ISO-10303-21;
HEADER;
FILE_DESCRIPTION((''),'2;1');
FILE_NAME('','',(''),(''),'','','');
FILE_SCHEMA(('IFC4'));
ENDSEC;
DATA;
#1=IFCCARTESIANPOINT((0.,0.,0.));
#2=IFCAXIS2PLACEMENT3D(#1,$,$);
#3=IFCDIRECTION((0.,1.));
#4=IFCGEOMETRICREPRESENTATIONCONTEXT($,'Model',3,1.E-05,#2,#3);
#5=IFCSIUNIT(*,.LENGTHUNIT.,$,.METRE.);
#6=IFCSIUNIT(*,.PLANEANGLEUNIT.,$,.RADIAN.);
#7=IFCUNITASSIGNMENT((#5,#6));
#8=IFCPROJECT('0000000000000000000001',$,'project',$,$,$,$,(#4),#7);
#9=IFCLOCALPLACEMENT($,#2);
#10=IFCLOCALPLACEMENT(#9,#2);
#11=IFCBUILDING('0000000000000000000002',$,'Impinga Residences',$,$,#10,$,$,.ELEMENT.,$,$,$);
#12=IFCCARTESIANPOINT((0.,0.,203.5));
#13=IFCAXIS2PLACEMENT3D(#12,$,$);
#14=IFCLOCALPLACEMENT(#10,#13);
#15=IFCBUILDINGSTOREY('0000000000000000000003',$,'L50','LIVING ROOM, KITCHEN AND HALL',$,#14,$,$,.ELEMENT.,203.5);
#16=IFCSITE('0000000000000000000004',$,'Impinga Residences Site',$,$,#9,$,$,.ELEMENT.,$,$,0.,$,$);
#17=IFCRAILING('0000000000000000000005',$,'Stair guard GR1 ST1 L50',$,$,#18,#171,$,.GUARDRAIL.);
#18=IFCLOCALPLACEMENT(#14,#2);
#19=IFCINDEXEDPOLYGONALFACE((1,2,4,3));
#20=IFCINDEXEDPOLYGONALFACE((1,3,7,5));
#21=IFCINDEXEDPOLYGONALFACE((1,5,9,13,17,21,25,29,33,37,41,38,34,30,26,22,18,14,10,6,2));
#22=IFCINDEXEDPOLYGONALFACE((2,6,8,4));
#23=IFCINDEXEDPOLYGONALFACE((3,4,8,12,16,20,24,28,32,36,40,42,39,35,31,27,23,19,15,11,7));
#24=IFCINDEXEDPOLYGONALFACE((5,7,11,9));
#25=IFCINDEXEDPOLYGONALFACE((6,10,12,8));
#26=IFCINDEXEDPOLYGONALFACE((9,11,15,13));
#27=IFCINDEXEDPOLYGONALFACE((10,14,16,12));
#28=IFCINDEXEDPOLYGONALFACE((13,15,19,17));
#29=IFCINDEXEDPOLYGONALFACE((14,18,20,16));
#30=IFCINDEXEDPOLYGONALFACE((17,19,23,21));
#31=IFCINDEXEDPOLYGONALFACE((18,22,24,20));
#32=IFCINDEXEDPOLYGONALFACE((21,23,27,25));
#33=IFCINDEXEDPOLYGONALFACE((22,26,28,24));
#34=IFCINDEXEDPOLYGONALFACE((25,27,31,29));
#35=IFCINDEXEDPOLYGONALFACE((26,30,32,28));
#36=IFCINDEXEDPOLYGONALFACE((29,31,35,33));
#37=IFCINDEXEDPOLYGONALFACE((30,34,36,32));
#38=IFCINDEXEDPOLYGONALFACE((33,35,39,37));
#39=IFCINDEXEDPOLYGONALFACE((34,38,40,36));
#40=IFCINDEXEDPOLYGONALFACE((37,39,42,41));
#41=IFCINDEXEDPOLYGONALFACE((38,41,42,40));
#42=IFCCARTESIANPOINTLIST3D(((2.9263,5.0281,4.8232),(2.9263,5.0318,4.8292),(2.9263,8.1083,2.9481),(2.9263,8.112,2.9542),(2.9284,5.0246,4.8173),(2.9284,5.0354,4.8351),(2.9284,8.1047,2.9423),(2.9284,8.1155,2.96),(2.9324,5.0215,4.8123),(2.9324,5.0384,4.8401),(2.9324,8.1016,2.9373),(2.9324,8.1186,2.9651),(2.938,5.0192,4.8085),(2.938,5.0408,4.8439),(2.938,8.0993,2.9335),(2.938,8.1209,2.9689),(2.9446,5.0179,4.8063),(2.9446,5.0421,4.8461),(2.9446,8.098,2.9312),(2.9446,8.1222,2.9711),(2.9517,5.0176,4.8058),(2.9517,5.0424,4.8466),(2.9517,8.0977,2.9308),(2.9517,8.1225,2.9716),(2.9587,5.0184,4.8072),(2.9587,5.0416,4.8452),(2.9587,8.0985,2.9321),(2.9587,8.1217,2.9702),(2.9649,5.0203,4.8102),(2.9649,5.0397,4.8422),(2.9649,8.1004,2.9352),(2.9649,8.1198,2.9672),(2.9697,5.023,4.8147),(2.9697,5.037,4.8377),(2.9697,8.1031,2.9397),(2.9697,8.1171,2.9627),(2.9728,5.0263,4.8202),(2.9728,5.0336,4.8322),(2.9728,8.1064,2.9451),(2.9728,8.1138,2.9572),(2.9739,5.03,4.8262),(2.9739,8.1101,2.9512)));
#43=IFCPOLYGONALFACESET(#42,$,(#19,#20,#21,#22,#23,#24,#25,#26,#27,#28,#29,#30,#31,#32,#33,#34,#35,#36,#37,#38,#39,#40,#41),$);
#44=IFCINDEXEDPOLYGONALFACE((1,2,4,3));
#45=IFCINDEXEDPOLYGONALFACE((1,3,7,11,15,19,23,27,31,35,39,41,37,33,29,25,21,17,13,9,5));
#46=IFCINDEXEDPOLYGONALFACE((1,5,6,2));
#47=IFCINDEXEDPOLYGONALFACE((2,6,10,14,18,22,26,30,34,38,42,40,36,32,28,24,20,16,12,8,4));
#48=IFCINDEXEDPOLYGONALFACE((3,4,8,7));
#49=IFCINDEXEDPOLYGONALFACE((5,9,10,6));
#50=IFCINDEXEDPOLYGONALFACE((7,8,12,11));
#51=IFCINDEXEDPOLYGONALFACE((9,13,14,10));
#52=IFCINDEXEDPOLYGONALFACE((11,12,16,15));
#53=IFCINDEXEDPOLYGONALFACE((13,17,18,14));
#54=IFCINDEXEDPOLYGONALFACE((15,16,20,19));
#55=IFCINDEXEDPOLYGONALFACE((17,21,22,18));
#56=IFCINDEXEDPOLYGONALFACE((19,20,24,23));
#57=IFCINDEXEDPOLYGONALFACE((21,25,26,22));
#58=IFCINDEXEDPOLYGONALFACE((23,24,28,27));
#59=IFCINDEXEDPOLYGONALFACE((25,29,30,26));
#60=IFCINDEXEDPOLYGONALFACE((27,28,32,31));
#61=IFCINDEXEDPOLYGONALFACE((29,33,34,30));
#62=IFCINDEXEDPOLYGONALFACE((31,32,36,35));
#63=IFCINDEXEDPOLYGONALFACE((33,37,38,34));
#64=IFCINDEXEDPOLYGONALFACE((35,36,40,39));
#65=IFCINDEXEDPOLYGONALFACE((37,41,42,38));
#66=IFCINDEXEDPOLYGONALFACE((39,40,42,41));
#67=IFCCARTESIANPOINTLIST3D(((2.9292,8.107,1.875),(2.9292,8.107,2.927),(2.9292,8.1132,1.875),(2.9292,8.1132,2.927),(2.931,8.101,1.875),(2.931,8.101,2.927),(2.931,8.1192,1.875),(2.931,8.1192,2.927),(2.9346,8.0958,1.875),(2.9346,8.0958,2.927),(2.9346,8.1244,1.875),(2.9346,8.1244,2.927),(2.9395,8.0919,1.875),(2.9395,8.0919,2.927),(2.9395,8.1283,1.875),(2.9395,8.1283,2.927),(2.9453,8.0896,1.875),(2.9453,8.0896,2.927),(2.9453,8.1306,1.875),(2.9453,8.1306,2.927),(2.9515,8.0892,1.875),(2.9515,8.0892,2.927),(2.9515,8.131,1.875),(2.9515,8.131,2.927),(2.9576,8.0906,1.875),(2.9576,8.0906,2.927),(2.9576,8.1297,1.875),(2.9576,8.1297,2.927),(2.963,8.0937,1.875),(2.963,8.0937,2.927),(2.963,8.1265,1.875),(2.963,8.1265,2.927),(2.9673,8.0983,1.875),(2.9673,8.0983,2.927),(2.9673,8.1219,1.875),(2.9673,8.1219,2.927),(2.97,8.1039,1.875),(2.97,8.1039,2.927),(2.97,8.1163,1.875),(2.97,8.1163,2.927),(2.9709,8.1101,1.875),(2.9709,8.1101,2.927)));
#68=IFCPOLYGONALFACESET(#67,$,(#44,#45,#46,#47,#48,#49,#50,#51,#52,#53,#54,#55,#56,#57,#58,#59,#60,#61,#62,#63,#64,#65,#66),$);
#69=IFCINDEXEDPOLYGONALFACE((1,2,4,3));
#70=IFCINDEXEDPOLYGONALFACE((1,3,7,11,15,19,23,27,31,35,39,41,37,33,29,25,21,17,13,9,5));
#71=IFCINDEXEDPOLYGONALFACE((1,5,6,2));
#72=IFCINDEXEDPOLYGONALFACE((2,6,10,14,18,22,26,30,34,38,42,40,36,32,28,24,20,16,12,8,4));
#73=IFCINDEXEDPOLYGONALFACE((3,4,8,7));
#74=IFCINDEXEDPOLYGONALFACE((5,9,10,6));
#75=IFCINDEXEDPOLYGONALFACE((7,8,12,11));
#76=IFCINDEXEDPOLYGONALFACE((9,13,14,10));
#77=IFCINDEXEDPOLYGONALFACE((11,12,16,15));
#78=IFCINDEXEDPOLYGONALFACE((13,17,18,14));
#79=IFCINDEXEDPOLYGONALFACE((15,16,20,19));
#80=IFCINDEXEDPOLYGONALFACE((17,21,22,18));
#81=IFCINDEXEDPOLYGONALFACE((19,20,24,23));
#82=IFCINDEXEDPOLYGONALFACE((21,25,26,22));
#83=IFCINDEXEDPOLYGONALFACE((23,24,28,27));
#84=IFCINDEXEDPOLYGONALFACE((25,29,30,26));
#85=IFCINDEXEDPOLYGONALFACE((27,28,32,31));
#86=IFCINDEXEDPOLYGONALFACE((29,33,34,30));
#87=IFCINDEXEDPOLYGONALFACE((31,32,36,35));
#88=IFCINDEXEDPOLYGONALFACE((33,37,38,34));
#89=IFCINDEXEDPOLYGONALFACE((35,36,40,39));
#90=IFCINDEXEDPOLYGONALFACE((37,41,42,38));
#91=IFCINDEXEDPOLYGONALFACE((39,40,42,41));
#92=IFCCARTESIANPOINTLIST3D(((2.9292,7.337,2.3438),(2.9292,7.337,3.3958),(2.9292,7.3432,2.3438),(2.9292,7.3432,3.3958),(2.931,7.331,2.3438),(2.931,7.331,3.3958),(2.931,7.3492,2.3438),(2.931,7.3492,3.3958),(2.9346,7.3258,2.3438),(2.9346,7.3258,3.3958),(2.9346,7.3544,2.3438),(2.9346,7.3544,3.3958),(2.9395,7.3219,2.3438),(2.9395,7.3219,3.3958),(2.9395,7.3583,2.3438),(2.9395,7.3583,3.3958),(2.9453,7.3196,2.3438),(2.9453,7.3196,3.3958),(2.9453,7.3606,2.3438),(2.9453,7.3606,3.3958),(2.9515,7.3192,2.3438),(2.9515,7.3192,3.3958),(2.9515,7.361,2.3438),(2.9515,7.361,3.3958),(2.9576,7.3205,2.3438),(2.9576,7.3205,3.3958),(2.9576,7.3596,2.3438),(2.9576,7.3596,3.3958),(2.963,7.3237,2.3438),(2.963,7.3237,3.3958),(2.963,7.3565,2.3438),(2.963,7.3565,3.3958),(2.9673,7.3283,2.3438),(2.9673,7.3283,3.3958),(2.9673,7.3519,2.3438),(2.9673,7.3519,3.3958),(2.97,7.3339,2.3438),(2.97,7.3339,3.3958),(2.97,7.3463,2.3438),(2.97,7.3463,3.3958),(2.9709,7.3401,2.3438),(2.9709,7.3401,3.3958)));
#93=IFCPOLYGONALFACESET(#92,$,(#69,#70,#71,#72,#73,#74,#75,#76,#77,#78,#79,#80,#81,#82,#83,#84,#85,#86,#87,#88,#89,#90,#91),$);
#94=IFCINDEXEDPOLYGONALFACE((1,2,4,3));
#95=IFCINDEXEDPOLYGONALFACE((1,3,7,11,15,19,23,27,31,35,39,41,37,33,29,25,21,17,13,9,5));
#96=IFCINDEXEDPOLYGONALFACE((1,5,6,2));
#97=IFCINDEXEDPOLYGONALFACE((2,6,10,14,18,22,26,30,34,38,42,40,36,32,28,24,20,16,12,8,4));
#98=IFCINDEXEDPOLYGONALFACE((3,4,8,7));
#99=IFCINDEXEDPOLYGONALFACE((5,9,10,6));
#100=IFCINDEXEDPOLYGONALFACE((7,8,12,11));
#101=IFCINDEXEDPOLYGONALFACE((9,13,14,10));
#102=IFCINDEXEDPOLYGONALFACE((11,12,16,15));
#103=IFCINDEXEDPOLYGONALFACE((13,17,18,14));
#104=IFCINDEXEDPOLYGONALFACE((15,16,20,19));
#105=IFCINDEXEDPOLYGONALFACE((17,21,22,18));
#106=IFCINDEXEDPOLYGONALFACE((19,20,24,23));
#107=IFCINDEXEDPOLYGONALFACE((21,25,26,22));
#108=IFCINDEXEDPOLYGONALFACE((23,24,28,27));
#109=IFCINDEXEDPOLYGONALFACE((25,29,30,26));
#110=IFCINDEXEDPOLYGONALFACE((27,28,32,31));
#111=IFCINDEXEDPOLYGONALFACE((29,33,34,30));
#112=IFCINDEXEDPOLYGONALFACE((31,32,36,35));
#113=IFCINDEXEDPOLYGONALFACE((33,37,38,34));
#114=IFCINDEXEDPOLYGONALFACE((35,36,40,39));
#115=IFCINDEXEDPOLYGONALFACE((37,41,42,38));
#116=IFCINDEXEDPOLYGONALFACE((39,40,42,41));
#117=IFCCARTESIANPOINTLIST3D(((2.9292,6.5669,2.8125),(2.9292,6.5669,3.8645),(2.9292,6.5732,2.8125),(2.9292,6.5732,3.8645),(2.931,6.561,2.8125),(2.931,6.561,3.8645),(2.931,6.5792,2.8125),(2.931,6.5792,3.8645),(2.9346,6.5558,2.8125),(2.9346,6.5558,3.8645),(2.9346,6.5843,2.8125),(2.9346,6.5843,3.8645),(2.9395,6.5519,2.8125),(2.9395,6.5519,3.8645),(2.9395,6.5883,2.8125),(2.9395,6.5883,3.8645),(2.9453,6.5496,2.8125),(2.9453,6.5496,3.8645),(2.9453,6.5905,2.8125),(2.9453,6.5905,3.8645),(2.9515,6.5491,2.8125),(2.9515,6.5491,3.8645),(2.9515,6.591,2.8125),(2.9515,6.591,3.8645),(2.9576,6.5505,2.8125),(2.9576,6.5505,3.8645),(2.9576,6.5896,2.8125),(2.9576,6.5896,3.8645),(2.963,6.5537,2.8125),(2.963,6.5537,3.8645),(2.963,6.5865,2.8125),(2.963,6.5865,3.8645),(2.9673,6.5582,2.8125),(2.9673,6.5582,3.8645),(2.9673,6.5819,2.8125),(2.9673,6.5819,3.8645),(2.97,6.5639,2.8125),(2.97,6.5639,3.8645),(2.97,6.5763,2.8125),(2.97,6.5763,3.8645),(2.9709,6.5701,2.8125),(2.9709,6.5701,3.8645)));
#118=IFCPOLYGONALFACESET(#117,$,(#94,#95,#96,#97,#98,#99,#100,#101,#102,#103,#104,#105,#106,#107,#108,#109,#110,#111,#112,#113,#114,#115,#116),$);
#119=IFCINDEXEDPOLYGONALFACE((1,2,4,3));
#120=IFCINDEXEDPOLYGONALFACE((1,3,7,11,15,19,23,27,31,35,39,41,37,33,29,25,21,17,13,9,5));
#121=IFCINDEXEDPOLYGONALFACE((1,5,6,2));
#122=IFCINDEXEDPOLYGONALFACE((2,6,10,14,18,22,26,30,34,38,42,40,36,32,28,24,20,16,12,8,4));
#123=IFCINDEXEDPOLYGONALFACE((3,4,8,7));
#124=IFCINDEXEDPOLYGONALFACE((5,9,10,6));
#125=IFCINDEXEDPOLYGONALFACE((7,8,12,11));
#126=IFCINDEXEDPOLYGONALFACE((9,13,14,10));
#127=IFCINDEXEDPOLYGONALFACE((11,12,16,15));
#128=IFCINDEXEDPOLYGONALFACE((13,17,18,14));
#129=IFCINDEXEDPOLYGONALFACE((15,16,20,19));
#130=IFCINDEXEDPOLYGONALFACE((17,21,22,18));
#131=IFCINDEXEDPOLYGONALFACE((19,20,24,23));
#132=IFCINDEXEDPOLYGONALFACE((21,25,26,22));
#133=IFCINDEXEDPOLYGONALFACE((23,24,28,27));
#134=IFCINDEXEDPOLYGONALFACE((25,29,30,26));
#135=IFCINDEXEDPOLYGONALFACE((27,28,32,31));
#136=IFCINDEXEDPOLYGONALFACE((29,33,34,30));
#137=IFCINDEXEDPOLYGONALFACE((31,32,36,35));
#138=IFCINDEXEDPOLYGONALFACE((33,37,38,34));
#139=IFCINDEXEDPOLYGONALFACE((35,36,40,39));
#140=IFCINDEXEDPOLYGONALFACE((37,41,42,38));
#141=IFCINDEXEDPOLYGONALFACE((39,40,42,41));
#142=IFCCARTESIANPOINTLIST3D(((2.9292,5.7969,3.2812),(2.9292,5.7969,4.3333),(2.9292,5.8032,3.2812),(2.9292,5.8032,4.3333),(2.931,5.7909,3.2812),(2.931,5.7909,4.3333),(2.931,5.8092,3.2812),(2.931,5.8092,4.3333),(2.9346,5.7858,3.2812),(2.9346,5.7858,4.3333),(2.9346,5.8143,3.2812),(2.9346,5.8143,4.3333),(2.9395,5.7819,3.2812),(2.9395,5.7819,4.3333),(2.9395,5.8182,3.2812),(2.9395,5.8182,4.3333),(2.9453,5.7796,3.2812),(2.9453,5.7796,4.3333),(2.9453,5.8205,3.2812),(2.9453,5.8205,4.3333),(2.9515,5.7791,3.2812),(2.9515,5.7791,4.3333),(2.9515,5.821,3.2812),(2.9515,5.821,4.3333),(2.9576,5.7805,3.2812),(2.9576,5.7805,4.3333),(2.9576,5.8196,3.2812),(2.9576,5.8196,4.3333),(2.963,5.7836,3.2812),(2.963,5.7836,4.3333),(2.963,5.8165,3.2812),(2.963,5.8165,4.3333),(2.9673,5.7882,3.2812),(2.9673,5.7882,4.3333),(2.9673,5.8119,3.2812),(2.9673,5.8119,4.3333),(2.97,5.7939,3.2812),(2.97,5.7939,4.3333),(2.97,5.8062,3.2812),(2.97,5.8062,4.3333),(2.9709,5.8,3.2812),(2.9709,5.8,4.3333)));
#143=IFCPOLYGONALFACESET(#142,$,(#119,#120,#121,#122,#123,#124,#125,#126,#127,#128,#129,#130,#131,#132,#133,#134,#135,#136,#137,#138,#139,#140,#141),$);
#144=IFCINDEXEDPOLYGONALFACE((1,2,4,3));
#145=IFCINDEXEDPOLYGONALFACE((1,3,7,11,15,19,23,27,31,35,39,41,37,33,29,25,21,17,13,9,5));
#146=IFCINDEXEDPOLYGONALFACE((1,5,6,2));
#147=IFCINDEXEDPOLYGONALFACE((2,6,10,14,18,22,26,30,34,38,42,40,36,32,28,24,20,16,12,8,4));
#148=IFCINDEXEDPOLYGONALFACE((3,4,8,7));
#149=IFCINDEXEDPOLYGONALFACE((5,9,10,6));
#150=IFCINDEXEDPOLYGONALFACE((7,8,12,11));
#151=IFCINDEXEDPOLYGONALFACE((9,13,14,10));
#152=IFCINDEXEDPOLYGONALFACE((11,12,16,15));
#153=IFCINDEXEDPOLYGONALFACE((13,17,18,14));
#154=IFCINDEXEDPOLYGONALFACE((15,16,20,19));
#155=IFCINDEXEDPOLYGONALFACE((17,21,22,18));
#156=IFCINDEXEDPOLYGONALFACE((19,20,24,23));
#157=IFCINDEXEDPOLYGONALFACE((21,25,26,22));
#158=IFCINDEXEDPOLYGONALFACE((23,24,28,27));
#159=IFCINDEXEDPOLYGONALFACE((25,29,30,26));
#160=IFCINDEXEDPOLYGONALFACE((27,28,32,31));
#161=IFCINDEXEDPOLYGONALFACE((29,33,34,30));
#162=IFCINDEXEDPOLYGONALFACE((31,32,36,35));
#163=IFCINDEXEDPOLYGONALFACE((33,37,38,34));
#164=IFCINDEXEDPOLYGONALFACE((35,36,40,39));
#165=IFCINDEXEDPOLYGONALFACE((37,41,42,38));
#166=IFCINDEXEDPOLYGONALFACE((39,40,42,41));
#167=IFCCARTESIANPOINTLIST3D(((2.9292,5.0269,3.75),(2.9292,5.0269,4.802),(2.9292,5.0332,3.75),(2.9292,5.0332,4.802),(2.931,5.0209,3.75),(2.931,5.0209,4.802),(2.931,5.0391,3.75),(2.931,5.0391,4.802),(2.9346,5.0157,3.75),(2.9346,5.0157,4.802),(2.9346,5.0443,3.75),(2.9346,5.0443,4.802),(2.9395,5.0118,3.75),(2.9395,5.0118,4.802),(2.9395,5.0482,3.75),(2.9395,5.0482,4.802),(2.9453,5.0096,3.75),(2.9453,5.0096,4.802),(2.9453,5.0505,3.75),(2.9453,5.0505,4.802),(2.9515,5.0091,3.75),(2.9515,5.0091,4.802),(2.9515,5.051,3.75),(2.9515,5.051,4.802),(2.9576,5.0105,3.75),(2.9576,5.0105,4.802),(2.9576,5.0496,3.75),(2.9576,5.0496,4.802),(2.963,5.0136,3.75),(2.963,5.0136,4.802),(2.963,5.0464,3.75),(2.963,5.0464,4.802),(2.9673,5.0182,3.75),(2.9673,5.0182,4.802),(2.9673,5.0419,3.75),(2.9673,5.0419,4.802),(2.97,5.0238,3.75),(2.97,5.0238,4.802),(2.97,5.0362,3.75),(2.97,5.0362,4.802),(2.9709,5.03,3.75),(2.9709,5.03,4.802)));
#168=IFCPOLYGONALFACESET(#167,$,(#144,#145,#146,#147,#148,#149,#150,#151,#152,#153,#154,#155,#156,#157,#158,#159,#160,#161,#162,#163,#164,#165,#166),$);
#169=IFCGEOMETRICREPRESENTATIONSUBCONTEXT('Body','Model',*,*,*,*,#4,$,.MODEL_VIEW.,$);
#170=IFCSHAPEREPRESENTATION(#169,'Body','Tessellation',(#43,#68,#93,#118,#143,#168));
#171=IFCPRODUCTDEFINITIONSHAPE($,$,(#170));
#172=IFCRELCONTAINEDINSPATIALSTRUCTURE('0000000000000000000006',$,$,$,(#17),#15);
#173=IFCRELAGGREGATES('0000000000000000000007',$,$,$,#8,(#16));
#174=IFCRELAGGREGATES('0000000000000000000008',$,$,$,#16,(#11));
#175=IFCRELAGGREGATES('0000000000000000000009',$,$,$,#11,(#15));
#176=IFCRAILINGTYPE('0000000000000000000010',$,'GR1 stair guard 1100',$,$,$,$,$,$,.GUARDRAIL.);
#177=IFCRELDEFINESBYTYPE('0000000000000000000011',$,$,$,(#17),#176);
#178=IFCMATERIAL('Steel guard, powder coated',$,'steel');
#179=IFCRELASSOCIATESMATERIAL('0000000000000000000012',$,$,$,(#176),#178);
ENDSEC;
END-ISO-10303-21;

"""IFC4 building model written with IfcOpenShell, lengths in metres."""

from ifc_helpers import new_model, si_unit, direction, frame, origin, origin_2d, place, context, subcontext, project, spatial, circle, extrude, material, type_object, element, save


model = new_model("IFC4")

# Units and contexts
model_context = context("Model", 3, precision=1e-05, world=origin(), true_north=direction((0.0, 1.0)))
body_context = subcontext(model_context, "Body", "Model", "MODEL_VIEW")
ifc_project = project(units=[si_unit("LENGTHUNIT", "METRE"), si_unit("PLANEANGLEUNIT", "RADIAN")], contexts=[model_context])

# Site, building, storey
site_placement = place(None, origin())
site = spatial("IfcSite", under=ifc_project, at=site_placement, Name="Impinga Residences Site", CompositionType="ELEMENT", RefElevation=0.0)
building_placement = place(site_placement, origin())
building = spatial("IfcBuilding", under=site, at=building_placement, Name="Impinga Residences", CompositionType="ELEMENT")
storey_placement = place(building_placement, frame((0.0, 0.0, 203.5)))
storey = spatial("IfcBuildingStorey", under=building, at=storey_placement, Name="L50", Description="LIVING ROOM, KITCHEN AND HALL", CompositionType="ELEMENT", Elevation=203.5)

# Railing
ifc_material_1 = material(Name="Steel guard, powder coated", Category="steel")
railing_type_1 = type_object("IfcRailingType", Name="GR1 stair guard 1100", PredefinedType="GUARDRAIL", material=ifc_material_1)
railing_1_placement = place(storey_placement, frame((2.95, 8.1101, 1.875)))
element("IfcRailing", 1, at=railing_1_placement, inside=storey, type_object=railing_type_1, Name="Stair guard GR1 ST1 L50", PredefinedType="GUARDRAIL", context=body_context, shape_type="SweptSolid", body=[
    extrude(circle(Radius=0.0239, at=origin_2d()), frame((0.0, 0.0, 1.0762), z_axis=(0.0, -0.854178, 0.519981), x_axis=(1.0, 0.0, 0.0)), (0.0, 0.0, 1.0), 3.606),
    extrude(circle(Radius=0.021, at=origin_2d()), origin(), (0.0, 0.0, 1.0), 1.052),
    extrude(circle(Radius=0.021, at=origin_2d()), frame((0.0, -0.77, 0.4688)), (0.0, 0.0, 1.0), 1.052),
    extrude(circle(Radius=0.021, at=origin_2d()), frame((0.0, -1.54, 0.9375)), (0.0, 0.0, 1.0), 1.052),
    extrude(circle(Radius=0.021, at=origin_2d()), frame((0.0, -2.3101, 1.4062)), (0.0, 0.0, 1.0), 1.052),
    extrude(circle(Radius=0.021, at=origin_2d()), frame((0.0, -3.0801, 1.875)), (0.0, 0.0, 1.0), 1.052),
])

save(model, "model.ifc")
